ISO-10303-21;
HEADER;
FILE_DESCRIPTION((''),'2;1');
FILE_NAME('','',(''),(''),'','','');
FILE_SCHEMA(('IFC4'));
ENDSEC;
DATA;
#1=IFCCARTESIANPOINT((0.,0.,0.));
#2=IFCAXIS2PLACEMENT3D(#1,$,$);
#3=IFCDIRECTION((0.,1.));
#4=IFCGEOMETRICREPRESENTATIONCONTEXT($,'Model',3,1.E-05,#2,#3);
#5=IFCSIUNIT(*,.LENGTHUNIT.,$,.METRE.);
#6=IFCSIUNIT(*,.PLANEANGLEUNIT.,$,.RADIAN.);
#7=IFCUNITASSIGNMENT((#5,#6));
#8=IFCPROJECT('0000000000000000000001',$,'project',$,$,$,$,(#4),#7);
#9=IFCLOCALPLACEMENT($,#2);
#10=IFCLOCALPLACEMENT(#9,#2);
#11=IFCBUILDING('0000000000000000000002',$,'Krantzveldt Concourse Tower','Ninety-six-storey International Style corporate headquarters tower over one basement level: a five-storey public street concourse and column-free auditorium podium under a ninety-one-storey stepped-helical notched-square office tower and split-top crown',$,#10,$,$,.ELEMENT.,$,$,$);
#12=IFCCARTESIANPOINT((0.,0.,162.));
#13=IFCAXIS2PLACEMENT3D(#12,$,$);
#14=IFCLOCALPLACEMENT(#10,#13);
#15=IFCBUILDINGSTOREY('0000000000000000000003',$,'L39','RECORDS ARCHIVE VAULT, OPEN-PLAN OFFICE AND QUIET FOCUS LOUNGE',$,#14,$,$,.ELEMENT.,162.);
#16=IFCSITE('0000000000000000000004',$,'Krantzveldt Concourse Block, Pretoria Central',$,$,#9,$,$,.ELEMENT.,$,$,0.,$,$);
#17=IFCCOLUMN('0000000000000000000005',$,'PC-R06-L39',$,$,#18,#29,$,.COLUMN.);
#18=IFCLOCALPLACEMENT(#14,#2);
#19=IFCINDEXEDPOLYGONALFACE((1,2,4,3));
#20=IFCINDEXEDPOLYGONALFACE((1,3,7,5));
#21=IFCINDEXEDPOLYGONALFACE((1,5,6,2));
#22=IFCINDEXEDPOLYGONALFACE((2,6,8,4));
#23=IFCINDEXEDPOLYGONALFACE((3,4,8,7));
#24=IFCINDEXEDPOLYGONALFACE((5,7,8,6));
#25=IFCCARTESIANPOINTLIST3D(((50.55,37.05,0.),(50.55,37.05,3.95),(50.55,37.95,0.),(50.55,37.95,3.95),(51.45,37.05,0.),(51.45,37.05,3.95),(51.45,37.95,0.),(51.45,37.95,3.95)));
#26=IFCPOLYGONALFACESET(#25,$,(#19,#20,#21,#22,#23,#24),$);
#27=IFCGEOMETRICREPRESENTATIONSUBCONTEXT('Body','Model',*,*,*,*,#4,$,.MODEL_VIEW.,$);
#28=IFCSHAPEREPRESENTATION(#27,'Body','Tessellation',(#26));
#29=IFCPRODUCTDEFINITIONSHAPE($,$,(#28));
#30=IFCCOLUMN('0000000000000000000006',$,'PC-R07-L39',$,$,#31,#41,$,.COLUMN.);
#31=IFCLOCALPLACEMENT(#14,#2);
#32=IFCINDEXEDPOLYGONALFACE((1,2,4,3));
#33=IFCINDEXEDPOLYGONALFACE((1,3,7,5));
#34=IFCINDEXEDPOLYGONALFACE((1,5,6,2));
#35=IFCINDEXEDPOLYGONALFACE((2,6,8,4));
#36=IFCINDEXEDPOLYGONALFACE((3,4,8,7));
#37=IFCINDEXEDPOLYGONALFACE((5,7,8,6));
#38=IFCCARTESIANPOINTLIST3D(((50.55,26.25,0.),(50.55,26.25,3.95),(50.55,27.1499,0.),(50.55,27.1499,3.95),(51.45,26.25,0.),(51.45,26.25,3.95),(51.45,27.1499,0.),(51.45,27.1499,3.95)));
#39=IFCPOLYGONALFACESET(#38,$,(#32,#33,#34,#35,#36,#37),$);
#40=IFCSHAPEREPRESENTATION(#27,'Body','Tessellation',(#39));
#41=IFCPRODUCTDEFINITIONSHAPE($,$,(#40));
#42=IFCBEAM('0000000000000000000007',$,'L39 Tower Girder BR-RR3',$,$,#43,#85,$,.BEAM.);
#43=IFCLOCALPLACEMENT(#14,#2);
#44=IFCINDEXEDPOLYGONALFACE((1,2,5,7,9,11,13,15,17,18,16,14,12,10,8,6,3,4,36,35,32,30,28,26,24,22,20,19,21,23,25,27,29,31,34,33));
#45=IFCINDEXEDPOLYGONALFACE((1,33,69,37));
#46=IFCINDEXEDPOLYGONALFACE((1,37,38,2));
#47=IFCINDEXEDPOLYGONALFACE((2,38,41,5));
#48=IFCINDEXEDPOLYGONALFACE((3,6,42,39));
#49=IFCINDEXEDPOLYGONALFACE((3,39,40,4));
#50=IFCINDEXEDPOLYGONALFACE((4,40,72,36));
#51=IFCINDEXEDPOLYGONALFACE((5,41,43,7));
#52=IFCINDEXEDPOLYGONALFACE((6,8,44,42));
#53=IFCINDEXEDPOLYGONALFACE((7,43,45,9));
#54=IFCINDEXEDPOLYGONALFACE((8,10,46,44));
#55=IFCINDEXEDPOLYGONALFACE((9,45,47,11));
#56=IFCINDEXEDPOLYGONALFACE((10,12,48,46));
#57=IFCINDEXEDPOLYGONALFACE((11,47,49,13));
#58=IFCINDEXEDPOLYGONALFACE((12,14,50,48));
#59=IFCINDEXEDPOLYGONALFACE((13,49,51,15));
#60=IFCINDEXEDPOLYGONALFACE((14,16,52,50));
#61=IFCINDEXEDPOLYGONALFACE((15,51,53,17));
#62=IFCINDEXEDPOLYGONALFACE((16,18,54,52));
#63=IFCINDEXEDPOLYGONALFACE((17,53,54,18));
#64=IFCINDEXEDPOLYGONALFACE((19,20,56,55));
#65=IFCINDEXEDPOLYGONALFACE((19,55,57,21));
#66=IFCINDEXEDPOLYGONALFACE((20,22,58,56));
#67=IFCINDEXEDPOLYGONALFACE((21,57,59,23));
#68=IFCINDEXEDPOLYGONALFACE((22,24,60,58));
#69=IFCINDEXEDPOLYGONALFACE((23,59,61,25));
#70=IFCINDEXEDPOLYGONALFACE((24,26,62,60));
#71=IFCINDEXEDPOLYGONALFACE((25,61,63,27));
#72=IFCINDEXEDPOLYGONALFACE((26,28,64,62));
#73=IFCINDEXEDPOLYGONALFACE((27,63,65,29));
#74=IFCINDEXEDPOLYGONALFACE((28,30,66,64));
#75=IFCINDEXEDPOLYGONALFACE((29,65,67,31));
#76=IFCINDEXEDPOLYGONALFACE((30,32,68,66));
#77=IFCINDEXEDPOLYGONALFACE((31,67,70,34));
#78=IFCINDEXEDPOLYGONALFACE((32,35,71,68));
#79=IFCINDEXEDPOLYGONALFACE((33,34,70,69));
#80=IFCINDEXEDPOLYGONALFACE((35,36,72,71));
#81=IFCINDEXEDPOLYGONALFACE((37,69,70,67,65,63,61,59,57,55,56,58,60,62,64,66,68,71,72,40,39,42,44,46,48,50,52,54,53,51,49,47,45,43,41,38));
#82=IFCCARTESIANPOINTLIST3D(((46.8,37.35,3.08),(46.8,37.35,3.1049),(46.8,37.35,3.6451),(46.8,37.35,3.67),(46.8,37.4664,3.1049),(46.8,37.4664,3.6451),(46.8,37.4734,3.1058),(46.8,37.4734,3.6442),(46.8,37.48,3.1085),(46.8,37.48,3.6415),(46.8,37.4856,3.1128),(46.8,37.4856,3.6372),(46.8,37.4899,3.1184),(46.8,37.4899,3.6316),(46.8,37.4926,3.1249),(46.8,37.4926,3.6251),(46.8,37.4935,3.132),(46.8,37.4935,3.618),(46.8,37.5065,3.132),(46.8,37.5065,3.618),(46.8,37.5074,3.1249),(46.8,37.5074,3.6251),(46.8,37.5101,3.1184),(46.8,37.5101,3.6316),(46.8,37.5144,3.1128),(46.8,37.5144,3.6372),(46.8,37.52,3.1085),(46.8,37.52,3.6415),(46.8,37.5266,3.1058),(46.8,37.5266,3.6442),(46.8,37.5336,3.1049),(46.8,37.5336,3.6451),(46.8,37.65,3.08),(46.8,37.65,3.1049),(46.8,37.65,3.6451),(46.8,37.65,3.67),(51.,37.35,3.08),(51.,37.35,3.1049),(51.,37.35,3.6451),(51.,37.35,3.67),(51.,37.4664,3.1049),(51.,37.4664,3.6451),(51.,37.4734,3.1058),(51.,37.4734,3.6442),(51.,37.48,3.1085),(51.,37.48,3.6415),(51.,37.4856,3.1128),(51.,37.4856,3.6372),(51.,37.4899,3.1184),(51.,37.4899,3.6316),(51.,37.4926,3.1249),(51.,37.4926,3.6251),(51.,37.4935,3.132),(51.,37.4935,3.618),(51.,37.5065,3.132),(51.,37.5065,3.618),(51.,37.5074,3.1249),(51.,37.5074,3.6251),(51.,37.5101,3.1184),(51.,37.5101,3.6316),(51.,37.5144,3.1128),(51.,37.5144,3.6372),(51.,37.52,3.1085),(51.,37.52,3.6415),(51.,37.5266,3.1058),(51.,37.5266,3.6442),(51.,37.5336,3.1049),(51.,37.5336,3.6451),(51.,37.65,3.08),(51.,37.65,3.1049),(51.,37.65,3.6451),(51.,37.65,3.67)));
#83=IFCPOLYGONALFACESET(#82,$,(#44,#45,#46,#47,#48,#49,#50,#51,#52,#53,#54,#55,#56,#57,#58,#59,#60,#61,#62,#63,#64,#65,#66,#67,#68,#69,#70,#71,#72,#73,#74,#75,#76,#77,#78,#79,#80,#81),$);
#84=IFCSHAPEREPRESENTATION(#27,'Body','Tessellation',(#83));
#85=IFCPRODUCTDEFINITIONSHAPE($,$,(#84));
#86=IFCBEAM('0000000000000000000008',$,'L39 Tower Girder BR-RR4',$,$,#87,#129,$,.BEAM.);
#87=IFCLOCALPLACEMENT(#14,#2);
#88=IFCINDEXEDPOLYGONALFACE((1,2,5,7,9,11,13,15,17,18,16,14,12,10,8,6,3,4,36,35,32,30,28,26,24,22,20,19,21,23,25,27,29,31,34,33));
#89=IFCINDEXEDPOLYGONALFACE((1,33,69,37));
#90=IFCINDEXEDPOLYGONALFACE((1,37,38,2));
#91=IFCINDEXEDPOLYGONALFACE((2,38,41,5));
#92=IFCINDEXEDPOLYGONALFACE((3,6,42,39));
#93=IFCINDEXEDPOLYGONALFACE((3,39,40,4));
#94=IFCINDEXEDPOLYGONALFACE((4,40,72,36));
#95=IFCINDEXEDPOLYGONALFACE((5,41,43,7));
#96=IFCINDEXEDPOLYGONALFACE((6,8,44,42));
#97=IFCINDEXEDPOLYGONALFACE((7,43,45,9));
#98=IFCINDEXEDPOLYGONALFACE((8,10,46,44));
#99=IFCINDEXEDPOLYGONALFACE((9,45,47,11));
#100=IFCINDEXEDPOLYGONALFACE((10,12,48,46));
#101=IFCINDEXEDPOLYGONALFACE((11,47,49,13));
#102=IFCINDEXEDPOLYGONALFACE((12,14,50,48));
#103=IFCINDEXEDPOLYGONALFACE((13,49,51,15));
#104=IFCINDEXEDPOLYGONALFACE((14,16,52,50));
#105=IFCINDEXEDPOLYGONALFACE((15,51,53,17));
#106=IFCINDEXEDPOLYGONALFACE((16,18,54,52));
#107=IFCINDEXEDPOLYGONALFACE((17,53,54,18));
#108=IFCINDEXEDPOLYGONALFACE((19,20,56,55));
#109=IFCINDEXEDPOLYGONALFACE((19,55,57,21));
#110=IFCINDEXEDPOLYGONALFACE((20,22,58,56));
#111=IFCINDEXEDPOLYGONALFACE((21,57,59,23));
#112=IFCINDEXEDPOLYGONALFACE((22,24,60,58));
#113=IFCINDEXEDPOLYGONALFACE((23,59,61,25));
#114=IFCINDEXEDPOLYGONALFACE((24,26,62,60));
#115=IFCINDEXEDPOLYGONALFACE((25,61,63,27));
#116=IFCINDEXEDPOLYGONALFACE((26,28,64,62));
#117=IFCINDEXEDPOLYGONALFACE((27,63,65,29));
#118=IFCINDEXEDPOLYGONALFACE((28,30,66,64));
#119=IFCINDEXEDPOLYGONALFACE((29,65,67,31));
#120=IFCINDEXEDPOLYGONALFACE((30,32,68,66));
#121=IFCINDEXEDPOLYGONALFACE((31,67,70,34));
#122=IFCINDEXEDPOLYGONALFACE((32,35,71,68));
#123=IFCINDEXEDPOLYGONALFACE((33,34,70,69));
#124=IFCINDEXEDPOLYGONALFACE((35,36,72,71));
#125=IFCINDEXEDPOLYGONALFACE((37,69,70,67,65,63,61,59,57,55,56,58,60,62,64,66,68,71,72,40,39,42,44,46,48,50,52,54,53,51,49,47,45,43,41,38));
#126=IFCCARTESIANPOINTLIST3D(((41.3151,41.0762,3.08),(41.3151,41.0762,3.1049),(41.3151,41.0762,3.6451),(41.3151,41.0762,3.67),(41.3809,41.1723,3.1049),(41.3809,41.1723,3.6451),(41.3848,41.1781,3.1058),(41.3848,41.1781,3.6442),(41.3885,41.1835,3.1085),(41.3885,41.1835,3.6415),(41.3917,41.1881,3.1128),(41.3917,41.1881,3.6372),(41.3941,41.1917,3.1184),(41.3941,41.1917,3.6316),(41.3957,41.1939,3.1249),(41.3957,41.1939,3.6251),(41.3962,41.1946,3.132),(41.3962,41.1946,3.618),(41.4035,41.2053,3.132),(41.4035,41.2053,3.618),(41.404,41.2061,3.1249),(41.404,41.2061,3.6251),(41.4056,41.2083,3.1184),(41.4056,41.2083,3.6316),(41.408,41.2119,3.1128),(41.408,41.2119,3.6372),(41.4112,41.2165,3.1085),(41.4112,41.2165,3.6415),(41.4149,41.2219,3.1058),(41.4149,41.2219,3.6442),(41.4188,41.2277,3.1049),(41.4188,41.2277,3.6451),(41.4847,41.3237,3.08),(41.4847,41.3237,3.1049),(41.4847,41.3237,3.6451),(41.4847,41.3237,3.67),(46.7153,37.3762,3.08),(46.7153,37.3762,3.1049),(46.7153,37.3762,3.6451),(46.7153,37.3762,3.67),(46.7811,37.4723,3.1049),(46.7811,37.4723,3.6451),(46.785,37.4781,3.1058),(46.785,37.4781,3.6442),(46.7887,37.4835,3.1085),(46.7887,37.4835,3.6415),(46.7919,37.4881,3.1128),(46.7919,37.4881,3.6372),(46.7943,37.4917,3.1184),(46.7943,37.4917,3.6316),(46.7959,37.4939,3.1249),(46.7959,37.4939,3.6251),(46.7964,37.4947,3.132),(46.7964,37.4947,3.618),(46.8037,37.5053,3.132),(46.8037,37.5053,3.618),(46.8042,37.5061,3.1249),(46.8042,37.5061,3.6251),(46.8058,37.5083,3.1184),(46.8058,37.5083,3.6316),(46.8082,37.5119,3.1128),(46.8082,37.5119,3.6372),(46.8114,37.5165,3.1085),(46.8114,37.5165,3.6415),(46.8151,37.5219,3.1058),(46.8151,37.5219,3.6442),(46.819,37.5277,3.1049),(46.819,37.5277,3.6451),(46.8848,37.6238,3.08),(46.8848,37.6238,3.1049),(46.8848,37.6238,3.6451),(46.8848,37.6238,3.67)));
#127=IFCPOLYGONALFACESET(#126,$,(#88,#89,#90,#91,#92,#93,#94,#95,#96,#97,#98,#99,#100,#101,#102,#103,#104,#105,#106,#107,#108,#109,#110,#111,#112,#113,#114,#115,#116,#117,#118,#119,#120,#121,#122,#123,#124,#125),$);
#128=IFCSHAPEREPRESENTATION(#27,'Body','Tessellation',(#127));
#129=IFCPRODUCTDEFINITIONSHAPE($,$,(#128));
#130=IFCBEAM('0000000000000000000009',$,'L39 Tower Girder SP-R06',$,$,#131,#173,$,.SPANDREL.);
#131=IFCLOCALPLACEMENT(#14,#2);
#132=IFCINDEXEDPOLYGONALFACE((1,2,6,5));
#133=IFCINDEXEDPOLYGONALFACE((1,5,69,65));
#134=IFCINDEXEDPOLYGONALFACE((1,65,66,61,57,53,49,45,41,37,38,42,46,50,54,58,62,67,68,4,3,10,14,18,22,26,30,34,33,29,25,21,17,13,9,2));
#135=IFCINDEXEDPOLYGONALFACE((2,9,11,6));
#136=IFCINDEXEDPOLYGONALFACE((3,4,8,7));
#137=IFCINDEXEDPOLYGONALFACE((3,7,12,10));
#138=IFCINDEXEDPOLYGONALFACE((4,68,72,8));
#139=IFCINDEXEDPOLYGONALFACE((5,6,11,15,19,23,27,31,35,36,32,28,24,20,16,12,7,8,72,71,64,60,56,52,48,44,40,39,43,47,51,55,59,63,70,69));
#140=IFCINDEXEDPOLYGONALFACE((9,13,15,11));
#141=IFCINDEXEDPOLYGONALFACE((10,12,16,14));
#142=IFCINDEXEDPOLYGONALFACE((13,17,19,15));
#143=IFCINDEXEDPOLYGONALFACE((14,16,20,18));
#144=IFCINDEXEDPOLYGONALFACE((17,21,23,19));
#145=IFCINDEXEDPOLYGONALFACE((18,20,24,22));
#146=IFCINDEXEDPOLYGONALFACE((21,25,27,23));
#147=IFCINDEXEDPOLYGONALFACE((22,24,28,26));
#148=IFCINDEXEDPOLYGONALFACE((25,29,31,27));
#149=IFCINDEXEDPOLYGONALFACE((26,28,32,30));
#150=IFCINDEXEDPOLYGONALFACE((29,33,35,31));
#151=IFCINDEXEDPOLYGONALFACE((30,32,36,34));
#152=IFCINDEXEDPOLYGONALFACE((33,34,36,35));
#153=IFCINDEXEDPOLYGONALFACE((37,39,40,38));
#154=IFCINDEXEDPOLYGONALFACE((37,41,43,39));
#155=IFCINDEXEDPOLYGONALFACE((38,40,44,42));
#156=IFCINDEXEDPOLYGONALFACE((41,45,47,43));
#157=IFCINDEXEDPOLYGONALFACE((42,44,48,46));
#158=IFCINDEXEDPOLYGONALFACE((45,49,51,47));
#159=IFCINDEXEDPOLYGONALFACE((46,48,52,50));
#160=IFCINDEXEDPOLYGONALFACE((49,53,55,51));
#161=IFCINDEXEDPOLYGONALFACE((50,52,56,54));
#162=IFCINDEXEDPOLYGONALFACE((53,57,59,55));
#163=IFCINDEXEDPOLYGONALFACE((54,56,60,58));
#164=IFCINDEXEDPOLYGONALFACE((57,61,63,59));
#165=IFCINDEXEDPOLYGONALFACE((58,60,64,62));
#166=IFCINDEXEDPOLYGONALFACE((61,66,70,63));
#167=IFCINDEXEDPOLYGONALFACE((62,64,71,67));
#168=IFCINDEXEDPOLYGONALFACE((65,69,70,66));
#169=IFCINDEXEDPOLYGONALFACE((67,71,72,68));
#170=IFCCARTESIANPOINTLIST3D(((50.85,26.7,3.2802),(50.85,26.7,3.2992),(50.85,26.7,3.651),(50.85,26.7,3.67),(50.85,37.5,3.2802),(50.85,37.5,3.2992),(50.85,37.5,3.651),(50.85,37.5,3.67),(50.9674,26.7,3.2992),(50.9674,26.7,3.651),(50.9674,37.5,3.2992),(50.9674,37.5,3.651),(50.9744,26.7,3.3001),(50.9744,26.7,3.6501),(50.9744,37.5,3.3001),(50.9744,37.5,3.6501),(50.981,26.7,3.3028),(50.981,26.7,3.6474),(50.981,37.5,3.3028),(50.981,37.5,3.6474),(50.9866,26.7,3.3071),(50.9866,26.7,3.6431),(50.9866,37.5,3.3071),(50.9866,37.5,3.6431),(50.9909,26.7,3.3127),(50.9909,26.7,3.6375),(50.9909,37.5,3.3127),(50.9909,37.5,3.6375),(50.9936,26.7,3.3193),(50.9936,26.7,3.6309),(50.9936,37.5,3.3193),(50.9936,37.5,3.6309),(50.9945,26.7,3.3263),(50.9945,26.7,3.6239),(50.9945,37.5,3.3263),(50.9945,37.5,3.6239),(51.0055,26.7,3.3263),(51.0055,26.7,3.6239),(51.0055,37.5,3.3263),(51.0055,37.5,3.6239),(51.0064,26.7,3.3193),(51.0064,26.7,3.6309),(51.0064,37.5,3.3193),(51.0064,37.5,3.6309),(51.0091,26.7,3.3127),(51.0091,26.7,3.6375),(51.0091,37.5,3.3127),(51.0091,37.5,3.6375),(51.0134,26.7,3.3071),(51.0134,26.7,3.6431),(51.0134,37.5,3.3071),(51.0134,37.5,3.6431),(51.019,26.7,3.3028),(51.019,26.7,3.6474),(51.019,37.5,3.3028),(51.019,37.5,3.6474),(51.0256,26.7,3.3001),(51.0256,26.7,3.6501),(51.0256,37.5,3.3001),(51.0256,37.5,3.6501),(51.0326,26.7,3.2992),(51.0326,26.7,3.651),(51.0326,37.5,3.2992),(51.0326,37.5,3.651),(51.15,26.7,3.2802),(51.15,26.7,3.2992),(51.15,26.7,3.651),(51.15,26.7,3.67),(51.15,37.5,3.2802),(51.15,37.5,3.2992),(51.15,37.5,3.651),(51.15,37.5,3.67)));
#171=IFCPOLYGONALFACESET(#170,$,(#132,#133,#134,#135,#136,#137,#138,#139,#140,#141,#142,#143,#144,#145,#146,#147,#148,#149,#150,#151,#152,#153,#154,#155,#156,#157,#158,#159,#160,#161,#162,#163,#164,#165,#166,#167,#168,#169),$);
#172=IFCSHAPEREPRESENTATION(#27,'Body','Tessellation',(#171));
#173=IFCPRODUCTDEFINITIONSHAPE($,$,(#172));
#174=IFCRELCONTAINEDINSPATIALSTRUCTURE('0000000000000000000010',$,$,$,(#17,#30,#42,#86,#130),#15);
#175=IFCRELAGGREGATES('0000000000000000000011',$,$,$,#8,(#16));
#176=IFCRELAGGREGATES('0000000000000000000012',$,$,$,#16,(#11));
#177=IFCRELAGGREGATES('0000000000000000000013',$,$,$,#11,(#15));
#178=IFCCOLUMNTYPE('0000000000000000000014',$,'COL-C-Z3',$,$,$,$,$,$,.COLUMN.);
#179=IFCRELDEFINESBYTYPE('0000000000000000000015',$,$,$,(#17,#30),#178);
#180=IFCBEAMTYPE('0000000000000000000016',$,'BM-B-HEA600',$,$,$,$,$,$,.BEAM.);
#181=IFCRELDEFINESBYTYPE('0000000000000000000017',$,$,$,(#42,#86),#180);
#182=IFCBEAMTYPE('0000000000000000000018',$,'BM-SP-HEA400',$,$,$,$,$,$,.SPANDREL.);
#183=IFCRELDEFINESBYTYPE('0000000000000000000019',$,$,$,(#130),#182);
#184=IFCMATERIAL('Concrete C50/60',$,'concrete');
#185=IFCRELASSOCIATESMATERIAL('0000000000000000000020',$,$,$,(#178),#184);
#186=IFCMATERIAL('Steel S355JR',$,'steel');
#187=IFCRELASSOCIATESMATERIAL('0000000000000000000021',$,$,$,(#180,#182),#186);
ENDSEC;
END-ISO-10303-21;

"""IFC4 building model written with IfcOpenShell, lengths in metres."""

from ifc_helpers import new_model, si_unit, direction, frame, origin, origin_2d, place, context, subcontext, project, spatial, rectangle, i_section, extrude, source, transform, mapped, material, material_profile, profile_set, type_object, type_shapes, element, save


model = new_model("IFC4")

# Units and contexts
model_context = context("Model", 3, precision=1e-05, world=origin(), true_north=direction((0.0, 1.0)))
body_context = subcontext(model_context, "Body", "Model", "MODEL_VIEW")
ifc_project = project(units=[si_unit("LENGTHUNIT", "METRE"), si_unit("PLANEANGLEUNIT", "RADIAN")], contexts=[model_context])

# Site, building, storey
site_placement = place(None, origin())
site = spatial("IfcSite", under=ifc_project, at=site_placement, Name="Krantzveldt Concourse Block, Pretoria Central", CompositionType="ELEMENT", RefElevation=0.0)
building_placement = place(site_placement, origin())
building = spatial("IfcBuilding", under=site, at=building_placement, Name="Krantzveldt Concourse Tower", Description="Ninety-six-storey International Style corporate headquarters tower over one basement level: a five-storey public street concourse and column-free auditorium podium under a ninety-one-storey stepped-helical notched-square office tower and split-top crown", CompositionType="ELEMENT")
storey_placement = place(building_placement, frame((0.0, 0.0, 162.0)))
storey = spatial("IfcBuildingStorey", under=building, at=storey_placement, Name="L39", Description="RECORDS ARCHIVE VAULT, OPEN-PLAN OFFICE AND QUIET FOCUS LOUNGE", CompositionType="ELEMENT", Elevation=162.0)

# Columns
ifc_material_1 = material(Name="Concrete C50/60", Category="concrete")
ifc_material_profile_1 = material_profile(ifc_material_1, rectangle(XDim=0.8999, YDim=0.8999, at=origin_2d()), Name="Concrete C50/60", Category="concrete")
ifc_profile_set_1 = profile_set([ifc_material_profile_1], Name="Concrete C50/60 - RC 900x900")
column_type = type_object("IfcColumnType", Name="COL-C-Z3", PredefinedType="COLUMN", material=ifc_profile_set_1)
shared_shape_1 = source(origin(), body_context, "Body", "SweptSolid", [
    extrude(rectangle(XDim=0.8999, YDim=0.8999, at=origin_2d()), origin(), (0.0, 0.0, 1.0), 3.95),
])
type_shapes(column_type, [shared_shape_1])
for number, where, z_axis, x_axis, name in (
    (1, (51.0, 37.5, 0.0), (0.0, 0.0, 1.0), (1.0, 0.0, 0.0), "PC-R06-L39"),
    (2, (51.0, 26.7, 0.0), (0.0, 0.0, 1.0), (1.0, 0.0, 0.0), "PC-R07-L39"),
):
    element("IfcColumn", number, at=place(storey_placement, frame(where, z_axis=z_axis, x_axis=x_axis)), inside=storey, type_object=column_type, Name=name, PredefinedType="COLUMN", context=body_context, shape_type="MappedRepresentation", body=[
        mapped(shared_shape_1, transform((0.0, 0.0, 0.0), x_axis=(1.0, 0.0, 0.0), y_axis=(0.0, 1.0, 0.0), z_axis=(0.0, 0.0, 1.0), scale=1.0)),
    ])

# Beams
ifc_material_2 = material(Name="Steel S355JR", Category="steel")
ifc_material_profile_2 = material_profile(ifc_material_2, i_section(OverallWidth=0.3, OverallDepth=0.5901, WebThickness=0.0129, FlangeThickness=0.0249, FilletRadius=0.0271, at=origin_2d()), Name="Steel S355JR", Category="steel")
ifc_profile_set_2 = profile_set([ifc_material_profile_2], Name="Steel S355JR - HEA 600")
beam_type_1 = type_object("IfcBeamType", Name="BM-B-HEA600", PredefinedType="BEAM", material=ifc_profile_set_2)
shared_shape_2 = source(origin(), body_context, "Body", "SweptSolid", [
    extrude(i_section(OverallWidth=0.3, OverallDepth=0.5901, WebThickness=0.0129, FlangeThickness=0.0249, FilletRadius=0.0271, at=origin_2d()), origin(), (0.0, 0.0, 1.0), 4.2),
])
beam_1_placement = place(storey_placement, frame((46.8, 37.5, 3.375), z_axis=(1.0, 0.0, 0.0), x_axis=(0.0, 1.0, 0.0)))
element("IfcBeam", 3, at=beam_1_placement, inside=storey, type_object=beam_type_1, Name="L39 Tower Girder BR-RR3", PredefinedType="BEAM", context=body_context, shape_type="MappedRepresentation", body=[
    mapped(shared_shape_2, transform((0.0, 0.0, 0.0), x_axis=(1.0, 0.0, 0.0), y_axis=(0.0, 1.0, 0.0), z_axis=(0.0, 0.0, 1.0), scale=1.0)),
])
shared_shape_3 = source(origin(), body_context, "Body", "SweptSolid", [
    extrude(i_section(OverallWidth=0.3, OverallDepth=0.5901, WebThickness=0.0129, FlangeThickness=0.0249, FilletRadius=0.0271, at=origin_2d()), origin(), (0.0, 0.0, 1.0), 6.5461),
])
type_shapes(beam_type_1, [shared_shape_2, shared_shape_3])
beam_2_placement = place(storey_placement, frame((46.8, 37.5, 3.375), z_axis=(-0.824943, 0.565216, 0.0), x_axis=(-0.565216, -0.824943, 0.0)))
element("IfcBeam", 4, at=beam_2_placement, inside=storey, type_object=beam_type_1, Name="L39 Tower Girder BR-RR4", PredefinedType="BEAM", context=body_context, shape_type="MappedRepresentation", body=[
    mapped(shared_shape_3, transform((0.0, 0.0, 0.0), x_axis=(1.0, 0.0, 0.0), y_axis=(0.0, 1.0, 0.0), z_axis=(0.0, 0.0, 1.0), scale=1.0)),
])
ifc_material_profile_3 = material_profile(ifc_material_2, i_section(OverallWidth=0.3, OverallDepth=0.3899, WebThickness=0.011, FlangeThickness=0.019, FilletRadius=0.0271, at=origin_2d()), Name="Steel S355JR", Category="steel")
ifc_profile_set_3 = profile_set([ifc_material_profile_3], Name="Steel S355JR - HEA 400")
beam_type_2 = type_object("IfcBeamType", Name="BM-SP-HEA400", PredefinedType="SPANDREL", material=ifc_profile_set_3)
shared_shape_4 = source(origin(), body_context, "Body", "SweptSolid", [
    extrude(i_section(OverallWidth=0.3, OverallDepth=0.3899, WebThickness=0.011, FlangeThickness=0.019, FilletRadius=0.0271, at=origin_2d()), origin(), (0.0, 0.0, 1.0), 10.8),
])
type_shapes(beam_type_2, [shared_shape_4])
for number, where, z_axis, x_axis, name in (
    (5, (51.0, 37.5, 3.4751), (0.0, -1.0, 0.0), (1.0, 0.0, 0.0), "L39 Tower Girder SP-R06"),
):
    element("IfcBeam", number, at=place(storey_placement, frame(where, z_axis=z_axis, x_axis=x_axis)), inside=storey, type_object=beam_type_2, Name=name, PredefinedType="SPANDREL", context=body_context, shape_type="MappedRepresentation", body=[
        mapped(shared_shape_4, transform((0.0, 0.0, 0.0), x_axis=(1.0, 0.0, 0.0), y_axis=(0.0, 1.0, 0.0), z_axis=(0.0, 0.0, 1.0), scale=1.0)),
    ])

save(model, "model.ifc")
